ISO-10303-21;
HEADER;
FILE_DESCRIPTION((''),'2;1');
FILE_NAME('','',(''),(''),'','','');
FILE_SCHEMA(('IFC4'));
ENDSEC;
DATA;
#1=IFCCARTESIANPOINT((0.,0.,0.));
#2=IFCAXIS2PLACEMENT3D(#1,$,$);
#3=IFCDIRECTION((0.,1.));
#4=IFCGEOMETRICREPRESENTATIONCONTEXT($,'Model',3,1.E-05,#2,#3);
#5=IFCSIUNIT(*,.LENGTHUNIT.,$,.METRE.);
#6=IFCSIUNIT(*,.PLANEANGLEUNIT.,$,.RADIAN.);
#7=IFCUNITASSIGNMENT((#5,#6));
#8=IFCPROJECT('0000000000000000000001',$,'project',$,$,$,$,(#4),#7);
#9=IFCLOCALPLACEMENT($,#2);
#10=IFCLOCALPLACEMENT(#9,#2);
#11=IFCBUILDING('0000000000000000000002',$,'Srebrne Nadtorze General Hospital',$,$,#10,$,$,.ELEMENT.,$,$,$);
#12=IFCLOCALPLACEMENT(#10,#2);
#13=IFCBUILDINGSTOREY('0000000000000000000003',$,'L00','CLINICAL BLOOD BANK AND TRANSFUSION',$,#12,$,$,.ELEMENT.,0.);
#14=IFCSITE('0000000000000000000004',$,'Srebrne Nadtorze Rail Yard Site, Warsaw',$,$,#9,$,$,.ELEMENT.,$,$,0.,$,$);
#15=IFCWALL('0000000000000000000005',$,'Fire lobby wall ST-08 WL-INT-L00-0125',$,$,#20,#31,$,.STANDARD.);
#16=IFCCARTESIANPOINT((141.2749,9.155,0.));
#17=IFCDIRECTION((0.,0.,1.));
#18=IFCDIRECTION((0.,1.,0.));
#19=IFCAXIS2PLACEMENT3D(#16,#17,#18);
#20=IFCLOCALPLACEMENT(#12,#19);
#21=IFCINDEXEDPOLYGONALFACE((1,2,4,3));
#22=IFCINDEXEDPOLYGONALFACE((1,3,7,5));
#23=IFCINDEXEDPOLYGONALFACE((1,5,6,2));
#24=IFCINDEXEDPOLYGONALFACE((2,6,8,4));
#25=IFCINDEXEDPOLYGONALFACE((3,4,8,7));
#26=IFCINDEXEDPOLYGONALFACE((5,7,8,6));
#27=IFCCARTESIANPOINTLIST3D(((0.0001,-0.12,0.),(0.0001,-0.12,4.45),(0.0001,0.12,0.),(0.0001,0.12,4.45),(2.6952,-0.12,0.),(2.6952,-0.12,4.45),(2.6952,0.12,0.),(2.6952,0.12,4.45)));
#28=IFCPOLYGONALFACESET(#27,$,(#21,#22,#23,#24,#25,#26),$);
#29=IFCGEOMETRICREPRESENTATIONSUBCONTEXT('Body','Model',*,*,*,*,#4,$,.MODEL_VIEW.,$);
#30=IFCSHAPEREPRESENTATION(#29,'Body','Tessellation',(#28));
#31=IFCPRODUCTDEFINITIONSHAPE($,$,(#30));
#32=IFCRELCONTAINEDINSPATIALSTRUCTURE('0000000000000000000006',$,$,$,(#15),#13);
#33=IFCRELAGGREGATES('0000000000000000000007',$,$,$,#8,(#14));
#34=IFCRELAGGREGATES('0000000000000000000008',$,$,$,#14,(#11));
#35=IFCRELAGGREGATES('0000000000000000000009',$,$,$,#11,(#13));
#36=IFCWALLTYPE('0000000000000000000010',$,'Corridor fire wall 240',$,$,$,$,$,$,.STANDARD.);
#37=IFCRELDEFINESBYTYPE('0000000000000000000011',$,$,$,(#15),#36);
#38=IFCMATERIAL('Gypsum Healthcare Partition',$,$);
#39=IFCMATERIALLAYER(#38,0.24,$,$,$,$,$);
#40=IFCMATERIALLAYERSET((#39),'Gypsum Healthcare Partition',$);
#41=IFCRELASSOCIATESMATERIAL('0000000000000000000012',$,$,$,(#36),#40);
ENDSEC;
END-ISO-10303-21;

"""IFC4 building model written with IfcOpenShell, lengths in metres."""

from ifc_helpers import new_model, si_unit, direction, frame, frame_2d, origin, place, context, subcontext, project, spatial, rectangle, extrude, material, layer, layer_set, type_object, element, save


model = new_model("IFC4")

# Units and contexts
model_context = context("Model", 3, precision=1e-05, world=origin(), true_north=direction((0.0, 1.0)))
body_context = subcontext(model_context, "Body", "Model", "MODEL_VIEW")
ifc_project = project(units=[si_unit("LENGTHUNIT", "METRE"), si_unit("PLANEANGLEUNIT", "RADIAN")], contexts=[model_context])

# Site, building, storey
site_placement = place(None, origin())
site = spatial("IfcSite", under=ifc_project, at=site_placement, Name="Srebrne Nadtorze Rail Yard Site, Warsaw", CompositionType="ELEMENT", RefElevation=0.0)
building_placement = place(site_placement, origin())
building = spatial("IfcBuilding", under=site, at=building_placement, Name="Srebrne Nadtorze General Hospital", CompositionType="ELEMENT")
storey_placement = place(building_placement, origin())
storey = spatial("IfcBuildingStorey", under=building, at=storey_placement, Name="L00", Description="CLINICAL BLOOD BANK AND TRANSFUSION", CompositionType="ELEMENT", Elevation=0.0)

# Wall
ifc_material_1 = material(Name="Gypsum Healthcare Partition")
ifc_layer_1 = layer(ifc_material_1, 0.24)
ifc_layer_set_1 = layer_set([ifc_layer_1], Name="Gypsum Healthcare Partition")
wall_type_1 = type_object("IfcWallType", Name="Corridor fire wall 240", PredefinedType="STANDARD", material=ifc_layer_set_1)
wall_1_placement = place(storey_placement, frame((141.2749, 9.155, 0.0), z_axis=(0.0, 0.0, 1.0), x_axis=(0.0, 1.0, 0.0)))
element("IfcWall", 1, at=wall_1_placement, inside=storey, type_object=wall_type_1, Name="Fire lobby wall ST-08 WL-INT-L00-0125", PredefinedType="STANDARD", context=body_context, shape_type="SweptSolid", body=[
    extrude(rectangle(XDim=2.6951, YDim=0.24, at=frame_2d((1.3477, 0.0))), origin(), (0.0, 0.0, 1.0), 4.45),
])

save(model, "model.ifc")
